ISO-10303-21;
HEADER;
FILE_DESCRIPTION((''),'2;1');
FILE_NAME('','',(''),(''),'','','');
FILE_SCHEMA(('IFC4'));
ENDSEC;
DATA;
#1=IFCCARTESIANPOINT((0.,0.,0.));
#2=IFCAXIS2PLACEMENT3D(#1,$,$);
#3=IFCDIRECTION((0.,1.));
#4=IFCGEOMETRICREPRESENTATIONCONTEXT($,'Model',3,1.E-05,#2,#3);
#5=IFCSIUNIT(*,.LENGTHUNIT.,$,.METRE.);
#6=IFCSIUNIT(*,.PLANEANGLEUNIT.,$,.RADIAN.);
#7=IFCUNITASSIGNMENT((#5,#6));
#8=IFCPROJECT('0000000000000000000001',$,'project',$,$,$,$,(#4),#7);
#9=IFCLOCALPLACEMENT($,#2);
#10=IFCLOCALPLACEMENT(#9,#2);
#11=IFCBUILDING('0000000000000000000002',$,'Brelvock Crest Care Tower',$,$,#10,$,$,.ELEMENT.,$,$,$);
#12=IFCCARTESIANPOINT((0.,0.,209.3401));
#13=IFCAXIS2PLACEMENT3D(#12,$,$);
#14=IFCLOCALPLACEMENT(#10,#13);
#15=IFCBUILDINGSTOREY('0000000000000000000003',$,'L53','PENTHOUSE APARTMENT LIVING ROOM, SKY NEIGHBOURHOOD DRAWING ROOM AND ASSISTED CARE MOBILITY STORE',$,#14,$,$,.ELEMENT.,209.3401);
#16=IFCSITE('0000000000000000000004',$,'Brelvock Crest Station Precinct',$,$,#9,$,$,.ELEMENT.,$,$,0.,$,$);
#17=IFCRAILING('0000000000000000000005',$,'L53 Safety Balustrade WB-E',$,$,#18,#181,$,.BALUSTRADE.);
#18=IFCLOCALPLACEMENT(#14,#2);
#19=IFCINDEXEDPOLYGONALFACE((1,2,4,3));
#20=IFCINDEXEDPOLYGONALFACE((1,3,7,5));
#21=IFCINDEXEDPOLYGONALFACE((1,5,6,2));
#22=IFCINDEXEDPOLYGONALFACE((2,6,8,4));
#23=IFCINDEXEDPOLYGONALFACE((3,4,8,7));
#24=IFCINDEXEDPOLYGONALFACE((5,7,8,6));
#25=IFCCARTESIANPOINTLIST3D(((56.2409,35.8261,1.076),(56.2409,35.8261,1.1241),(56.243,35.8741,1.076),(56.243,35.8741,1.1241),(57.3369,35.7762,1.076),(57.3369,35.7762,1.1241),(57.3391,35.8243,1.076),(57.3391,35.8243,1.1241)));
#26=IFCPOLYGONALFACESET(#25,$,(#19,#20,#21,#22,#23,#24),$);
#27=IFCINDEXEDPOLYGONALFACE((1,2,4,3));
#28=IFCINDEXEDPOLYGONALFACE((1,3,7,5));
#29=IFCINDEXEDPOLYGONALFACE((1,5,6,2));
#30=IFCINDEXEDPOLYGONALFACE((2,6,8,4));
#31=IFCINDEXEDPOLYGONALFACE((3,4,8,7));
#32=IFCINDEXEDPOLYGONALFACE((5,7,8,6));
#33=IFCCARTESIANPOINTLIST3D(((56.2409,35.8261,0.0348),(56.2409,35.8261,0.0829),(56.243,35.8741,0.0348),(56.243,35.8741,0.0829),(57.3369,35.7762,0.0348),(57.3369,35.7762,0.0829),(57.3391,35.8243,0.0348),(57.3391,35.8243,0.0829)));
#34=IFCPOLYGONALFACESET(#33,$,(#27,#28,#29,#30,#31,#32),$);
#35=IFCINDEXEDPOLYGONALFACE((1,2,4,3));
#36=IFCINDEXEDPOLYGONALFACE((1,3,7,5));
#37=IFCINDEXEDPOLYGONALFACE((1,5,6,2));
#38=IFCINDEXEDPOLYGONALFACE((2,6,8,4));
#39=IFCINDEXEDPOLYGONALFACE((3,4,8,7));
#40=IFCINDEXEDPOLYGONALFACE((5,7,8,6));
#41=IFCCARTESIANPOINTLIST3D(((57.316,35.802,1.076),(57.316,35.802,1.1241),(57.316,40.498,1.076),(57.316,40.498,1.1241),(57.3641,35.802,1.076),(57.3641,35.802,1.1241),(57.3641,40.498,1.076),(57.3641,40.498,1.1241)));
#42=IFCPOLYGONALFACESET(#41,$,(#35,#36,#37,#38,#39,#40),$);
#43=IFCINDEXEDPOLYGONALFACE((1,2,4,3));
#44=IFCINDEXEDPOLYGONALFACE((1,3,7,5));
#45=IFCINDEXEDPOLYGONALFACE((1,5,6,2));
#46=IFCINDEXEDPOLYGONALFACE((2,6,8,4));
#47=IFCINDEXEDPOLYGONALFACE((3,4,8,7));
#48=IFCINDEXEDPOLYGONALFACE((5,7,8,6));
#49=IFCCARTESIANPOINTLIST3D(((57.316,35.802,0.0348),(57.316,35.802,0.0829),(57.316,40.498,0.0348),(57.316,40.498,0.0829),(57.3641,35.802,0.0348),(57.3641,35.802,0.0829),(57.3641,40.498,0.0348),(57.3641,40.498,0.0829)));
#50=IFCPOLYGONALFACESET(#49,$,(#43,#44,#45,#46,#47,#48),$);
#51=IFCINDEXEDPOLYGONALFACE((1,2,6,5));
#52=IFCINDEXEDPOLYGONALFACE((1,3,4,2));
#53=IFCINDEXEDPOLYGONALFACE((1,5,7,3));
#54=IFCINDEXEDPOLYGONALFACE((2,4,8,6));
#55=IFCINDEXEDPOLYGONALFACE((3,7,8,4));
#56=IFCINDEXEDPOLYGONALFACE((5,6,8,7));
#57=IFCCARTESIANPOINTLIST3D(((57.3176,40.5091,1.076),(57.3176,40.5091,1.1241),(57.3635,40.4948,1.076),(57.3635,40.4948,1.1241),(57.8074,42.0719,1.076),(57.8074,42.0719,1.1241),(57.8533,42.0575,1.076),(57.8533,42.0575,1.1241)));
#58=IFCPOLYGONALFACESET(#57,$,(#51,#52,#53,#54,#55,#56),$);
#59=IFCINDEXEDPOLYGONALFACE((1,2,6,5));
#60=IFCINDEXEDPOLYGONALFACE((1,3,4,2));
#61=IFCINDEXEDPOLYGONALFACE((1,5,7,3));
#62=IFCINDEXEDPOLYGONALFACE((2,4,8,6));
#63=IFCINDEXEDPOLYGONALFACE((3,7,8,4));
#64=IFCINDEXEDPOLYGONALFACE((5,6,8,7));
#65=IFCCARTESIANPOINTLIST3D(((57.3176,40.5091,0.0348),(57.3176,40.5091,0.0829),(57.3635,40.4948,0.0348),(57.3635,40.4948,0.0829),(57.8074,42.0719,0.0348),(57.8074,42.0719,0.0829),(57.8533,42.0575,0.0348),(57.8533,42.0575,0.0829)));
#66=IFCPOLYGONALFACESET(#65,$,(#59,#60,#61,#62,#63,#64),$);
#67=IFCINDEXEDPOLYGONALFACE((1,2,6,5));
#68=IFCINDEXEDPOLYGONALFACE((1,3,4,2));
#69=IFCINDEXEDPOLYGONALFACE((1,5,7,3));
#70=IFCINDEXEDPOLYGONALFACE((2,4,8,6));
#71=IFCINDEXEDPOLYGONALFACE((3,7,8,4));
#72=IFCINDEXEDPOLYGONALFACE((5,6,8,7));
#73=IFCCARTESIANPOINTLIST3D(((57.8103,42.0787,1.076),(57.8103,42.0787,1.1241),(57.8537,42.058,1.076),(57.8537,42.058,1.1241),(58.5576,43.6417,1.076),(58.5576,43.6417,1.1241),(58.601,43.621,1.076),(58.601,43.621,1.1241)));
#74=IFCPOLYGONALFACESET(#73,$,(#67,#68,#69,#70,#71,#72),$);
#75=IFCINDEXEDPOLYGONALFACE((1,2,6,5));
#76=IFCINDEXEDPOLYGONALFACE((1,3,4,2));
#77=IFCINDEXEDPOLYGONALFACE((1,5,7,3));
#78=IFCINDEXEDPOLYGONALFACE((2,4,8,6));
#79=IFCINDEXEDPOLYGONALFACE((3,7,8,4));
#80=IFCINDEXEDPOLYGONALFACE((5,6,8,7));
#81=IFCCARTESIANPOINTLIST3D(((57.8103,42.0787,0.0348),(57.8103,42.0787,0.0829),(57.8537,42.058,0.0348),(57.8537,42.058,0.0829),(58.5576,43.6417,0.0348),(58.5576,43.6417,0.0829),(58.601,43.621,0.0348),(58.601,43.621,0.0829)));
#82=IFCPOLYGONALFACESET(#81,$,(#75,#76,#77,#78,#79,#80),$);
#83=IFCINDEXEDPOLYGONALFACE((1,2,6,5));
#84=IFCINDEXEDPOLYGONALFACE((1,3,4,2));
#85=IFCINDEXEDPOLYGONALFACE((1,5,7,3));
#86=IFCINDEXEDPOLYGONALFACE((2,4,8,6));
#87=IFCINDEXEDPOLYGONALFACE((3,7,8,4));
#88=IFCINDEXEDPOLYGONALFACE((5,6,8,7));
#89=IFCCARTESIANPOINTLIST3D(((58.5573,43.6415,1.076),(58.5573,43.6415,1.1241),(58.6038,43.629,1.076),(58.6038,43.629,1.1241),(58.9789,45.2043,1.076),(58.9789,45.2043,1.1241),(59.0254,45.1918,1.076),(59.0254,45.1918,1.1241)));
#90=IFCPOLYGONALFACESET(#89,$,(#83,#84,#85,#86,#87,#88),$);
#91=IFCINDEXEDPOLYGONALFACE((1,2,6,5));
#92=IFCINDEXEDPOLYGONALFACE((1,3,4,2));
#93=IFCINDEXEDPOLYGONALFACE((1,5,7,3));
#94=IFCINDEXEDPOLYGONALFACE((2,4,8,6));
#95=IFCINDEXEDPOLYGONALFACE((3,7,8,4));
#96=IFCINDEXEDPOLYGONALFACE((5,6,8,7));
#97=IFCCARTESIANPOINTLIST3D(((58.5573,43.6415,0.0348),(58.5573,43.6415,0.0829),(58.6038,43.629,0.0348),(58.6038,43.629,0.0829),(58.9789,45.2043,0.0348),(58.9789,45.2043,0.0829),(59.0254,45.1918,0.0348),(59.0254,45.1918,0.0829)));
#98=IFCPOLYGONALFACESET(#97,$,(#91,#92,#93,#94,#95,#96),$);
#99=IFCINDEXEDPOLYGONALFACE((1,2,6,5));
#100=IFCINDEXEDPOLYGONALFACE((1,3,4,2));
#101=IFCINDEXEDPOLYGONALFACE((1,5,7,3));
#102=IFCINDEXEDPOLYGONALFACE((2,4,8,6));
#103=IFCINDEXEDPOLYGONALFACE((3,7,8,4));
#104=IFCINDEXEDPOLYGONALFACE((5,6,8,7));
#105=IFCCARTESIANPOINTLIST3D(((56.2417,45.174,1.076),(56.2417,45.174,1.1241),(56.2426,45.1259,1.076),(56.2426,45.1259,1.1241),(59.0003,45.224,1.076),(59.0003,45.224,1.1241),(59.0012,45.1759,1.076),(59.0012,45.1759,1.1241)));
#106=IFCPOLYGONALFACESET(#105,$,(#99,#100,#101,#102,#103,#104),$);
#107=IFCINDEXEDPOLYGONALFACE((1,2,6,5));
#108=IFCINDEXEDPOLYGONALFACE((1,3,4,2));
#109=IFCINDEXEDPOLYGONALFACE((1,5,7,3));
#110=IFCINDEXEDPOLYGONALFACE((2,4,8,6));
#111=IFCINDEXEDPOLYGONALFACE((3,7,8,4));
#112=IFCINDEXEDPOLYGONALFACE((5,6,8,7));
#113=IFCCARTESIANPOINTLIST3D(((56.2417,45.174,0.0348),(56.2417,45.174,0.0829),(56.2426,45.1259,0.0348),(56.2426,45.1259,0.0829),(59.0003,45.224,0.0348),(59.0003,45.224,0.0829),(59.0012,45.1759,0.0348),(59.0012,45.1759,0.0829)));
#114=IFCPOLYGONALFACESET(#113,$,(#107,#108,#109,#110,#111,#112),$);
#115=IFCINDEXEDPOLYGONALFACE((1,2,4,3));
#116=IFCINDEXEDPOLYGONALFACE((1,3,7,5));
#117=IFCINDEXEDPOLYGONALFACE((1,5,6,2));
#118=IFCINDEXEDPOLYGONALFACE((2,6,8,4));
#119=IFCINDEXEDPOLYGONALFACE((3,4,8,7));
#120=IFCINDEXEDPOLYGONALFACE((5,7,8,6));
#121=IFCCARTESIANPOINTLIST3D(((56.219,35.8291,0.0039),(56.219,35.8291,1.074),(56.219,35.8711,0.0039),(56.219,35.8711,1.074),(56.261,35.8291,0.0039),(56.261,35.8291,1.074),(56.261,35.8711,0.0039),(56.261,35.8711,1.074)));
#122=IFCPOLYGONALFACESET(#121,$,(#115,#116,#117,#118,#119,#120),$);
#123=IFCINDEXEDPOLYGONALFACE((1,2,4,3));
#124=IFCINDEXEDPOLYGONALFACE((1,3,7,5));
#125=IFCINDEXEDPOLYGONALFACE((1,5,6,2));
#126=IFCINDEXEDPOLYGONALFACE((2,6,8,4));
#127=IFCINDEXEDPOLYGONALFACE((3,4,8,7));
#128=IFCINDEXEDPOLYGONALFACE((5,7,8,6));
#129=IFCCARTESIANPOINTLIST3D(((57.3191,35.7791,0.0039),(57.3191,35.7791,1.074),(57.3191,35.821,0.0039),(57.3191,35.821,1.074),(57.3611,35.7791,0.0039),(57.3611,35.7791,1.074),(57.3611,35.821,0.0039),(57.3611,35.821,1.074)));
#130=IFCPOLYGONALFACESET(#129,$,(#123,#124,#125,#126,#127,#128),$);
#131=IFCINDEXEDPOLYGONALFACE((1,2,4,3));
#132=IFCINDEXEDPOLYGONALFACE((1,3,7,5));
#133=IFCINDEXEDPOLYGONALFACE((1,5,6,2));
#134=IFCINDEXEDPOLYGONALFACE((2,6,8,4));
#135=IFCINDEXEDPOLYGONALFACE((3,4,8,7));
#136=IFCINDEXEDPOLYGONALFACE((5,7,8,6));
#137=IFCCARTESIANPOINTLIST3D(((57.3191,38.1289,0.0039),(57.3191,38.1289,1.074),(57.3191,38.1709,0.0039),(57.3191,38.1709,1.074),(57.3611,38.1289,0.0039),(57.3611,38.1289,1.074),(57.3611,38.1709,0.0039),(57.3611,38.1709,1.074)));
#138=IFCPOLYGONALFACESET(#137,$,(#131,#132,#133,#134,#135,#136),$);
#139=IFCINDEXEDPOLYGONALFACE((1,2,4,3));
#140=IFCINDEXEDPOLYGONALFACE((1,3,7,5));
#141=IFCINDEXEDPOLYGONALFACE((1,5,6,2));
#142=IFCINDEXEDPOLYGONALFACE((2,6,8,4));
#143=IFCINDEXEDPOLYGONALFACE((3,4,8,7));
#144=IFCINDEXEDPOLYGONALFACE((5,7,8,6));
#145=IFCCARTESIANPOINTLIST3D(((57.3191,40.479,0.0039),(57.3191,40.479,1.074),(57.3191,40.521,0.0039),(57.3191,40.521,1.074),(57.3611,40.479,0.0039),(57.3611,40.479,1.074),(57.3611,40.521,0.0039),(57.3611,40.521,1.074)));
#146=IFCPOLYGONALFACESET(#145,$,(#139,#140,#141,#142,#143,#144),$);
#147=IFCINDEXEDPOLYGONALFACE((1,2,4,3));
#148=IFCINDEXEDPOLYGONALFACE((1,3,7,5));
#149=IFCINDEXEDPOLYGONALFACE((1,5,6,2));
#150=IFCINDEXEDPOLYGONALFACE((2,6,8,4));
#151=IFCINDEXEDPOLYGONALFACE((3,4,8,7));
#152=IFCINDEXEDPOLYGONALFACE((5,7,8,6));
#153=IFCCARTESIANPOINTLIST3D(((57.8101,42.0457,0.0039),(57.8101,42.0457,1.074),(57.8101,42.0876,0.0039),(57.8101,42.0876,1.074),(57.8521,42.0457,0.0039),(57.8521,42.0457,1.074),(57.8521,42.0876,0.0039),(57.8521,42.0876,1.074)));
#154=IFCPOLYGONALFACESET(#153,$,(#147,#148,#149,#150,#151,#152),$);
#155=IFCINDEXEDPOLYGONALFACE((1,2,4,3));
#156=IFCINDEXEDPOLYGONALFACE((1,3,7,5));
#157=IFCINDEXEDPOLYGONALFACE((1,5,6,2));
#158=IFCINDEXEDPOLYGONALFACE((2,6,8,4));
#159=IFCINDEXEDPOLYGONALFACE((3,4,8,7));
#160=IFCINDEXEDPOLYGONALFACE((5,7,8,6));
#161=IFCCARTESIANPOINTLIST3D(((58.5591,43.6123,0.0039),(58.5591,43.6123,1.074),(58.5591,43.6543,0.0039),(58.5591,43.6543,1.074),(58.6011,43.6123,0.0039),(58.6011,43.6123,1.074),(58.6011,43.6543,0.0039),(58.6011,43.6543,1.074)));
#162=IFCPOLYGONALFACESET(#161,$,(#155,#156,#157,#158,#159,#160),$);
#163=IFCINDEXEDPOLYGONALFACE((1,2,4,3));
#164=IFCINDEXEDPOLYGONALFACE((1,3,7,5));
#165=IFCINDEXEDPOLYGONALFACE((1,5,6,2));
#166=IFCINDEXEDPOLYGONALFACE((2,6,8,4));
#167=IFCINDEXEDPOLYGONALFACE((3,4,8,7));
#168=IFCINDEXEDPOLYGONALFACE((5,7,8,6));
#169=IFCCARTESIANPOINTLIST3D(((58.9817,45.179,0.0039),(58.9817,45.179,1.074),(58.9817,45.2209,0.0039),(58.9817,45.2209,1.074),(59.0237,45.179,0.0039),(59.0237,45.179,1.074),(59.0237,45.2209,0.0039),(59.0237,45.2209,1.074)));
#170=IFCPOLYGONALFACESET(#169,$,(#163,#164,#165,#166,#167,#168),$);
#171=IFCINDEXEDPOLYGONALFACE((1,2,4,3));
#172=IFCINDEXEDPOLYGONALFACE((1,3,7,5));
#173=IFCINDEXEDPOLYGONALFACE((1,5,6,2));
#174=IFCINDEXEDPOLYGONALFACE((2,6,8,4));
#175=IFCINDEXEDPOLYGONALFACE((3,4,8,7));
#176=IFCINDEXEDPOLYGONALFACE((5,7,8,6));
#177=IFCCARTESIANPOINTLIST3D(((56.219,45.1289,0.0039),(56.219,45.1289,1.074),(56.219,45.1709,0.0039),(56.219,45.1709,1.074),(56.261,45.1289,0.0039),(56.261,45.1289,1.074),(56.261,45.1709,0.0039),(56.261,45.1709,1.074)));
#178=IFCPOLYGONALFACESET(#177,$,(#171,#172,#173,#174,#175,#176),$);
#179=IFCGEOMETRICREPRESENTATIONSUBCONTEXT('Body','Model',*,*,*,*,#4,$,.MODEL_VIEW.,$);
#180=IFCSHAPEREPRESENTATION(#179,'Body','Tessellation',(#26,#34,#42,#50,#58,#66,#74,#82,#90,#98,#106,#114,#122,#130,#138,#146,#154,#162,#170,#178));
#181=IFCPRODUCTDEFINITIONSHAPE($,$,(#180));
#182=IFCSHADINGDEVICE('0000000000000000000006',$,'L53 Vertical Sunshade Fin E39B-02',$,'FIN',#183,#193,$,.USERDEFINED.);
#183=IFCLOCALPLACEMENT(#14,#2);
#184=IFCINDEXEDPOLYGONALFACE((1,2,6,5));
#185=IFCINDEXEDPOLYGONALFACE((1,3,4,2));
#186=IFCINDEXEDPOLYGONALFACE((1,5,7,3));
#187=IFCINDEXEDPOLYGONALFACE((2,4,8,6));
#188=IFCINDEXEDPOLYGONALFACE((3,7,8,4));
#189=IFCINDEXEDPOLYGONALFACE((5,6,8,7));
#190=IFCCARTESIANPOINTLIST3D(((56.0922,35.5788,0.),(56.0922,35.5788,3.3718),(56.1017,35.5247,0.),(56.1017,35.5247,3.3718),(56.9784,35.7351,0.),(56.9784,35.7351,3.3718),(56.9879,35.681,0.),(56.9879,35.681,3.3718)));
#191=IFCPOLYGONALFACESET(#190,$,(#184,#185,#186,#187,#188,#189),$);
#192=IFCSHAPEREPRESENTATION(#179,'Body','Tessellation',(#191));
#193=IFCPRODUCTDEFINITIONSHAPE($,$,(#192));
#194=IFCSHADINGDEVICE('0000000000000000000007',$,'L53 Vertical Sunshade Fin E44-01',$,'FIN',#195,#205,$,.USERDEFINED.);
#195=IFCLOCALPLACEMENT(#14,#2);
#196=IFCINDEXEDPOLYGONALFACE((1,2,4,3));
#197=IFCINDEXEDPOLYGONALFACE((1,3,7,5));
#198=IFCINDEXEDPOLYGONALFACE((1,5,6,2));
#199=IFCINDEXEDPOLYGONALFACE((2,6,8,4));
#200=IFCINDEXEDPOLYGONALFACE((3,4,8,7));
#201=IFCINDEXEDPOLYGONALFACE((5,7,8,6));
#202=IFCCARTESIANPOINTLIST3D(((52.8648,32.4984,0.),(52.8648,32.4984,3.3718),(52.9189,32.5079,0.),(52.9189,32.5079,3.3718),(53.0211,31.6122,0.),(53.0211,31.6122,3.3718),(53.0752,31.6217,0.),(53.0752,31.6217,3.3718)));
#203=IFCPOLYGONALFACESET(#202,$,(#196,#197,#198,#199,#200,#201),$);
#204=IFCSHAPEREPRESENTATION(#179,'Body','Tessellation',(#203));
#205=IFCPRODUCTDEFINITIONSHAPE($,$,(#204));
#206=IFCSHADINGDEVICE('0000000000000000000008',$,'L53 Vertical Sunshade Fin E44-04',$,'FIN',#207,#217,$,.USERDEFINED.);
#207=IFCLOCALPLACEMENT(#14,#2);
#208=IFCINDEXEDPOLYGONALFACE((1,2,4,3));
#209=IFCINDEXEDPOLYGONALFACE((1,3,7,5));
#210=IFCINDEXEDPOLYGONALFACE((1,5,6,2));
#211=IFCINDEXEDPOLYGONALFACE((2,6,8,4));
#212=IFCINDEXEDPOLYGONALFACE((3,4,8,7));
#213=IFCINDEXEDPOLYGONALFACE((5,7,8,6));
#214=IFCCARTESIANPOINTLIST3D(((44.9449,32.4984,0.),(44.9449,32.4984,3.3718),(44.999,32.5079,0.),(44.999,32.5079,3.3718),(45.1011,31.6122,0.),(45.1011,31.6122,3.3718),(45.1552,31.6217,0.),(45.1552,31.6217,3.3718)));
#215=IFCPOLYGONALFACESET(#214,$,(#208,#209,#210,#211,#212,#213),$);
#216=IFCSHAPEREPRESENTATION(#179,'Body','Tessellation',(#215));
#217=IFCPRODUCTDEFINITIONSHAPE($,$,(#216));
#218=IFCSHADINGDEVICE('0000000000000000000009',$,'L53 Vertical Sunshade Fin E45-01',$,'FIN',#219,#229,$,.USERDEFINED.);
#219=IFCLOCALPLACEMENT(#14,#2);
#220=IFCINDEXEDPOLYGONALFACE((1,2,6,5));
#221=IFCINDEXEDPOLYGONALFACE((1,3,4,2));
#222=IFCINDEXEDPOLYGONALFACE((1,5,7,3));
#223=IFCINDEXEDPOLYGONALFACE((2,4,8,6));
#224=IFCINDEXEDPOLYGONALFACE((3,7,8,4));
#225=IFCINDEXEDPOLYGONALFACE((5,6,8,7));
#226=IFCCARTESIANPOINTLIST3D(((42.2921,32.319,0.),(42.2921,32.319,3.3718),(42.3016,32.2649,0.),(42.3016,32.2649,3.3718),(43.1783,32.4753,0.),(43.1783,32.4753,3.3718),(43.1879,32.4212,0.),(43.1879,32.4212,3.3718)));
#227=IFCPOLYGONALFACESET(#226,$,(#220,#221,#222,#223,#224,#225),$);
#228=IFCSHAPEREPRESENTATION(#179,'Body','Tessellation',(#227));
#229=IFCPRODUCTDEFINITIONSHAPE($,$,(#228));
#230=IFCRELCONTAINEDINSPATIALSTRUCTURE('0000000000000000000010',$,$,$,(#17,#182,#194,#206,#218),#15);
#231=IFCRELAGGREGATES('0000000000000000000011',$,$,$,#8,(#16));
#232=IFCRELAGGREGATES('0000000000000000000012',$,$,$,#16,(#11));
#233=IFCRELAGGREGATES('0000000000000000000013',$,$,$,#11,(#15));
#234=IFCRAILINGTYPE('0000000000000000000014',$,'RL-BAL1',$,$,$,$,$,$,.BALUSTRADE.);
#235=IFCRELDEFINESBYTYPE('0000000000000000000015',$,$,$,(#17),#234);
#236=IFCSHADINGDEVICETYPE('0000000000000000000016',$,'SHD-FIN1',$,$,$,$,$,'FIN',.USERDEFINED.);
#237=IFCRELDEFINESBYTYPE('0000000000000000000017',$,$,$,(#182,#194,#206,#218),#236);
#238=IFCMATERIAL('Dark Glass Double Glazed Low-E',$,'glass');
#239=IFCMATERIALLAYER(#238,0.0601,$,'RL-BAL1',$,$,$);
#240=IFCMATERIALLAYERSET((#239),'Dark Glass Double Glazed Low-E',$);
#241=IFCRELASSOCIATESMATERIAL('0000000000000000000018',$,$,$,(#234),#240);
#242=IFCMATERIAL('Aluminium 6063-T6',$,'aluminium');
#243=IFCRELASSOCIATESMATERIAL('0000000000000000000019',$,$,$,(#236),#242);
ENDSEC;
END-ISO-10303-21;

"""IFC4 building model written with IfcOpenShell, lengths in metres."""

from ifc_helpers import new_model, si_unit, direction, frame, origin, origin_2d, place, context, subcontext, project, spatial, rectangle, extrude, source, transform, mapped, material, layer, layer_set, material_profile, profile_set, type_object, element, save


model = new_model("IFC4")

# Units and contexts
model_context = context("Model", 3, precision=1e-05, world=origin(), true_north=direction((0.0, 1.0)))
body_context = subcontext(model_context, "Body", "Model", "MODEL_VIEW")
ifc_project = project(units=[si_unit("LENGTHUNIT", "METRE"), si_unit("PLANEANGLEUNIT", "RADIAN")], contexts=[model_context])

# Site, building, storey
site_placement = place(None, origin())
site = spatial("IfcSite", under=ifc_project, at=site_placement, Name="Brelvock Crest Station Precinct", CompositionType="ELEMENT", RefElevation=0.0)
building_placement = place(site_placement, origin())
building = spatial("IfcBuilding", under=site, at=building_placement, Name="Brelvock Crest Care Tower", CompositionType="ELEMENT")
storey_placement = place(building_placement, frame((0.0, 0.0, 209.3401)))
storey = spatial("IfcBuildingStorey", under=building, at=storey_placement, Name="L53", Description="PENTHOUSE APARTMENT LIVING ROOM, SKY NEIGHBOURHOOD DRAWING ROOM AND ASSISTED CARE MOBILITY STORE", CompositionType="ELEMENT", Elevation=209.3401)

# Shared definitions
ifc_material_1 = material(Name="Dark Glass Double Glazed Low-E", Category="glass")
ifc_material_2 = material(Name="Aluminium 6063-T6", Category="aluminium")

# Railing
ifc_layer_1 = layer(ifc_material_1, 0.0601, Name="RL-BAL1")
ifc_layer_set_1 = layer_set([ifc_layer_1], Name="Dark Glass Double Glazed Low-E")
railing_type = type_object("IfcRailingType", Name="RL-BAL1", PredefinedType="BALUSTRADE", material=ifc_layer_set_1)
railing_placement = place(storey_placement, frame((56.24, 35.8501, 0.0039)))
element("IfcRailing", 1, at=railing_placement, inside=storey, type_object=railing_type, Name="L53 Safety Balustrade WB-E", PredefinedType="BALUSTRADE", context=body_context, shape_type="SweptSolid", body=[
    extrude(rectangle(XDim=0.0481, YDim=0.0481, at=origin_2d()), frame((0.002, 0.0, 1.0962), z_axis=(0.998967, -0.045448, 0.0), x_axis=(0.045448, 0.998967, 0.0)), (0.0, 0.0, 1.0), 1.0972),
    extrude(rectangle(XDim=0.0481, YDim=0.0481, at=origin_2d()), frame((0.002, 0.0, 0.0549), z_axis=(0.998967, -0.045448, 0.0), x_axis=(0.045448, 0.998967, 0.0)), (0.0, 0.0, 1.0), 1.0972),
    extrude(rectangle(XDim=0.0481, YDim=0.0481, at=origin_2d()), frame((1.1001, -0.0481, 1.0962), z_axis=(0.0, 1.0, 0.0), x_axis=(-1.0, 0.0, 0.0)), (0.0, 0.0, 1.0), 4.696),
    extrude(rectangle(XDim=0.0481, YDim=0.0481, at=origin_2d()), frame((1.1001, -0.0481, 0.0549), z_axis=(0.0, 1.0, 0.0), x_axis=(-1.0, 0.0, 0.0)), (0.0, 0.0, 1.0), 4.696),
    extrude(rectangle(XDim=0.0481, YDim=0.0481, at=origin_2d()), frame((1.1006, 4.6519, 1.0962), z_axis=(0.299045, 0.954239, 0.0), x_axis=(-0.954239, 0.299045, 0.0)), (0.0, 0.0, 1.0), 1.6377),
    extrude(rectangle(XDim=0.0481, YDim=0.0481, at=origin_2d()), frame((1.1006, 4.6519, 0.0549), z_axis=(0.299045, 0.954239, 0.0), x_axis=(-0.954239, 0.299045, 0.0)), (0.0, 0.0, 1.0), 1.6377),
    extrude(rectangle(XDim=0.0481, YDim=0.0481, at=origin_2d()), frame((1.592, 6.2183, 1.0962), z_axis=(0.431341, 0.902189, 0.0), x_axis=(-0.902189, 0.431341, 0.0)), (0.0, 0.0, 1.0), 1.7324),
    extrude(rectangle(XDim=0.0481, YDim=0.0481, at=origin_2d()), frame((1.592, 6.2183, 0.0549), z_axis=(0.431341, 0.902189, 0.0), x_axis=(-0.902189, 0.431341, 0.0)), (0.0, 0.0, 1.0), 1.7324),
    extrude(rectangle(XDim=0.0481, YDim=0.0481, at=origin_2d()), frame((2.3406, 7.7852, 1.0962), z_axis=(0.260443, 0.965489, 0.0), x_axis=(-0.965489, 0.260443, 0.0)), (0.0, 0.0, 1.0), 1.6187),
    extrude(rectangle(XDim=0.0481, YDim=0.0481, at=origin_2d()), frame((2.3406, 7.7852, 0.0549), z_axis=(0.260443, 0.965489, 0.0), x_axis=(-0.965489, 0.260443, 0.0)), (0.0, 0.0, 1.0), 1.6187),
    extrude(rectangle(XDim=0.0481, YDim=0.0481, at=origin_2d()), frame((2.7607, 9.3499, 1.0962), z_axis=(-0.999836, -0.018113, 0.0), x_axis=(0.018113, -0.999836, 0.0)), (0.0, 0.0, 1.0), 2.759),
    extrude(rectangle(XDim=0.0481, YDim=0.0481, at=origin_2d()), frame((2.7607, 9.3499, 0.0549), z_axis=(-0.999836, -0.018113, 0.0), x_axis=(0.018113, -0.999836, 0.0)), (0.0, 0.0, 1.0), 2.759),
    extrude(rectangle(XDim=0.042, YDim=0.042, at=origin_2d()), origin(), (0.0, 0.0, 1.0), 1.0701),
    extrude(rectangle(XDim=0.042, YDim=0.042, at=origin_2d()), frame((1.1001, -0.05, 0.0)), (0.0, 0.0, 1.0), 1.0701),
    extrude(rectangle(XDim=0.042, YDim=0.042, at=origin_2d()), frame((1.1001, 2.2998, 0.0)), (0.0, 0.0, 1.0), 1.0701),
    extrude(rectangle(XDim=0.042, YDim=0.042, at=origin_2d()), frame((1.1001, 4.6499, 0.0)), (0.0, 0.0, 1.0), 1.0701),
    extrude(rectangle(XDim=0.042, YDim=0.042, at=origin_2d()), frame((1.5911, 6.2166, 0.0)), (0.0, 0.0, 1.0), 1.0701),
    extrude(rectangle(XDim=0.042, YDim=0.042, at=origin_2d()), frame((2.3401, 7.7832, 0.0)), (0.0, 0.0, 1.0), 1.0701),
    extrude(rectangle(XDim=0.042, YDim=0.042, at=origin_2d()), frame((2.7627, 9.3499, 0.0)), (0.0, 0.0, 1.0), 1.0701),
    extrude(rectangle(XDim=0.042, YDim=0.042, at=origin_2d()), frame((0.0, 9.2998, 0.0)), (0.0, 0.0, 1.0), 1.0701),
])

# Shading devices
ifc_material_profile_1 = material_profile(ifc_material_2, rectangle(XDim=0.0549, YDim=0.8999, at=origin_2d()), Name="FIN55x900")
ifc_profile_set_1 = profile_set([ifc_material_profile_1], Name="Aluminium 6063-T6")
shading_device_type = type_object("IfcShadingDeviceType", Name="SHD-FIN1", ElementType="FIN", PredefinedType="USERDEFINED", material=ifc_profile_set_1)
shared_shape_1 = source(origin(), body_context, "Body", "SweptSolid", [
    extrude(rectangle(XDim=0.0549, YDim=0.8999, at=origin_2d()), origin(), (0.0, 0.0, 1.0), 3.3718),
])
for number, where, z_axis, x_axis, name in (
    (2, (56.54, 35.6299, 0.0), (0.0, 0.0, 1.0), (0.173648, -0.984808, 0.0), "L53 Vertical Sunshade Fin E39B-02"),
    (3, (52.97, 32.0601, 0.0), (0.0, 0.0, 1.0), (-0.984808, -0.173648, 0.0), "L53 Vertical Sunshade Fin E44-01"),
    (4, (45.05, 32.0601, 0.0), (0.0, 0.0, 1.0), (-0.984808, -0.173648, 0.0), "L53 Vertical Sunshade Fin E44-04"),
    (5, (42.74, 32.3701, 0.0), (0.0, 0.0, 1.0), (0.173648, -0.984808, 0.0), "L53 Vertical Sunshade Fin E45-01"),
):
    element("IfcShadingDevice", number, at=place(storey_placement, frame(where, z_axis=z_axis, x_axis=x_axis)), inside=storey, type_object=shading_device_type, Name=name, ObjectType="FIN", PredefinedType="USERDEFINED", context=body_context, shape_type="MappedRepresentation", body=[
        mapped(shared_shape_1, transform((0.0, 0.0, 0.0), x_axis=(1.0, 0.0, 0.0), y_axis=(0.0, 1.0, 0.0), z_axis=(0.0, 0.0, 1.0), scale=1.0)),
    ])

save(model, "model.ifc")
